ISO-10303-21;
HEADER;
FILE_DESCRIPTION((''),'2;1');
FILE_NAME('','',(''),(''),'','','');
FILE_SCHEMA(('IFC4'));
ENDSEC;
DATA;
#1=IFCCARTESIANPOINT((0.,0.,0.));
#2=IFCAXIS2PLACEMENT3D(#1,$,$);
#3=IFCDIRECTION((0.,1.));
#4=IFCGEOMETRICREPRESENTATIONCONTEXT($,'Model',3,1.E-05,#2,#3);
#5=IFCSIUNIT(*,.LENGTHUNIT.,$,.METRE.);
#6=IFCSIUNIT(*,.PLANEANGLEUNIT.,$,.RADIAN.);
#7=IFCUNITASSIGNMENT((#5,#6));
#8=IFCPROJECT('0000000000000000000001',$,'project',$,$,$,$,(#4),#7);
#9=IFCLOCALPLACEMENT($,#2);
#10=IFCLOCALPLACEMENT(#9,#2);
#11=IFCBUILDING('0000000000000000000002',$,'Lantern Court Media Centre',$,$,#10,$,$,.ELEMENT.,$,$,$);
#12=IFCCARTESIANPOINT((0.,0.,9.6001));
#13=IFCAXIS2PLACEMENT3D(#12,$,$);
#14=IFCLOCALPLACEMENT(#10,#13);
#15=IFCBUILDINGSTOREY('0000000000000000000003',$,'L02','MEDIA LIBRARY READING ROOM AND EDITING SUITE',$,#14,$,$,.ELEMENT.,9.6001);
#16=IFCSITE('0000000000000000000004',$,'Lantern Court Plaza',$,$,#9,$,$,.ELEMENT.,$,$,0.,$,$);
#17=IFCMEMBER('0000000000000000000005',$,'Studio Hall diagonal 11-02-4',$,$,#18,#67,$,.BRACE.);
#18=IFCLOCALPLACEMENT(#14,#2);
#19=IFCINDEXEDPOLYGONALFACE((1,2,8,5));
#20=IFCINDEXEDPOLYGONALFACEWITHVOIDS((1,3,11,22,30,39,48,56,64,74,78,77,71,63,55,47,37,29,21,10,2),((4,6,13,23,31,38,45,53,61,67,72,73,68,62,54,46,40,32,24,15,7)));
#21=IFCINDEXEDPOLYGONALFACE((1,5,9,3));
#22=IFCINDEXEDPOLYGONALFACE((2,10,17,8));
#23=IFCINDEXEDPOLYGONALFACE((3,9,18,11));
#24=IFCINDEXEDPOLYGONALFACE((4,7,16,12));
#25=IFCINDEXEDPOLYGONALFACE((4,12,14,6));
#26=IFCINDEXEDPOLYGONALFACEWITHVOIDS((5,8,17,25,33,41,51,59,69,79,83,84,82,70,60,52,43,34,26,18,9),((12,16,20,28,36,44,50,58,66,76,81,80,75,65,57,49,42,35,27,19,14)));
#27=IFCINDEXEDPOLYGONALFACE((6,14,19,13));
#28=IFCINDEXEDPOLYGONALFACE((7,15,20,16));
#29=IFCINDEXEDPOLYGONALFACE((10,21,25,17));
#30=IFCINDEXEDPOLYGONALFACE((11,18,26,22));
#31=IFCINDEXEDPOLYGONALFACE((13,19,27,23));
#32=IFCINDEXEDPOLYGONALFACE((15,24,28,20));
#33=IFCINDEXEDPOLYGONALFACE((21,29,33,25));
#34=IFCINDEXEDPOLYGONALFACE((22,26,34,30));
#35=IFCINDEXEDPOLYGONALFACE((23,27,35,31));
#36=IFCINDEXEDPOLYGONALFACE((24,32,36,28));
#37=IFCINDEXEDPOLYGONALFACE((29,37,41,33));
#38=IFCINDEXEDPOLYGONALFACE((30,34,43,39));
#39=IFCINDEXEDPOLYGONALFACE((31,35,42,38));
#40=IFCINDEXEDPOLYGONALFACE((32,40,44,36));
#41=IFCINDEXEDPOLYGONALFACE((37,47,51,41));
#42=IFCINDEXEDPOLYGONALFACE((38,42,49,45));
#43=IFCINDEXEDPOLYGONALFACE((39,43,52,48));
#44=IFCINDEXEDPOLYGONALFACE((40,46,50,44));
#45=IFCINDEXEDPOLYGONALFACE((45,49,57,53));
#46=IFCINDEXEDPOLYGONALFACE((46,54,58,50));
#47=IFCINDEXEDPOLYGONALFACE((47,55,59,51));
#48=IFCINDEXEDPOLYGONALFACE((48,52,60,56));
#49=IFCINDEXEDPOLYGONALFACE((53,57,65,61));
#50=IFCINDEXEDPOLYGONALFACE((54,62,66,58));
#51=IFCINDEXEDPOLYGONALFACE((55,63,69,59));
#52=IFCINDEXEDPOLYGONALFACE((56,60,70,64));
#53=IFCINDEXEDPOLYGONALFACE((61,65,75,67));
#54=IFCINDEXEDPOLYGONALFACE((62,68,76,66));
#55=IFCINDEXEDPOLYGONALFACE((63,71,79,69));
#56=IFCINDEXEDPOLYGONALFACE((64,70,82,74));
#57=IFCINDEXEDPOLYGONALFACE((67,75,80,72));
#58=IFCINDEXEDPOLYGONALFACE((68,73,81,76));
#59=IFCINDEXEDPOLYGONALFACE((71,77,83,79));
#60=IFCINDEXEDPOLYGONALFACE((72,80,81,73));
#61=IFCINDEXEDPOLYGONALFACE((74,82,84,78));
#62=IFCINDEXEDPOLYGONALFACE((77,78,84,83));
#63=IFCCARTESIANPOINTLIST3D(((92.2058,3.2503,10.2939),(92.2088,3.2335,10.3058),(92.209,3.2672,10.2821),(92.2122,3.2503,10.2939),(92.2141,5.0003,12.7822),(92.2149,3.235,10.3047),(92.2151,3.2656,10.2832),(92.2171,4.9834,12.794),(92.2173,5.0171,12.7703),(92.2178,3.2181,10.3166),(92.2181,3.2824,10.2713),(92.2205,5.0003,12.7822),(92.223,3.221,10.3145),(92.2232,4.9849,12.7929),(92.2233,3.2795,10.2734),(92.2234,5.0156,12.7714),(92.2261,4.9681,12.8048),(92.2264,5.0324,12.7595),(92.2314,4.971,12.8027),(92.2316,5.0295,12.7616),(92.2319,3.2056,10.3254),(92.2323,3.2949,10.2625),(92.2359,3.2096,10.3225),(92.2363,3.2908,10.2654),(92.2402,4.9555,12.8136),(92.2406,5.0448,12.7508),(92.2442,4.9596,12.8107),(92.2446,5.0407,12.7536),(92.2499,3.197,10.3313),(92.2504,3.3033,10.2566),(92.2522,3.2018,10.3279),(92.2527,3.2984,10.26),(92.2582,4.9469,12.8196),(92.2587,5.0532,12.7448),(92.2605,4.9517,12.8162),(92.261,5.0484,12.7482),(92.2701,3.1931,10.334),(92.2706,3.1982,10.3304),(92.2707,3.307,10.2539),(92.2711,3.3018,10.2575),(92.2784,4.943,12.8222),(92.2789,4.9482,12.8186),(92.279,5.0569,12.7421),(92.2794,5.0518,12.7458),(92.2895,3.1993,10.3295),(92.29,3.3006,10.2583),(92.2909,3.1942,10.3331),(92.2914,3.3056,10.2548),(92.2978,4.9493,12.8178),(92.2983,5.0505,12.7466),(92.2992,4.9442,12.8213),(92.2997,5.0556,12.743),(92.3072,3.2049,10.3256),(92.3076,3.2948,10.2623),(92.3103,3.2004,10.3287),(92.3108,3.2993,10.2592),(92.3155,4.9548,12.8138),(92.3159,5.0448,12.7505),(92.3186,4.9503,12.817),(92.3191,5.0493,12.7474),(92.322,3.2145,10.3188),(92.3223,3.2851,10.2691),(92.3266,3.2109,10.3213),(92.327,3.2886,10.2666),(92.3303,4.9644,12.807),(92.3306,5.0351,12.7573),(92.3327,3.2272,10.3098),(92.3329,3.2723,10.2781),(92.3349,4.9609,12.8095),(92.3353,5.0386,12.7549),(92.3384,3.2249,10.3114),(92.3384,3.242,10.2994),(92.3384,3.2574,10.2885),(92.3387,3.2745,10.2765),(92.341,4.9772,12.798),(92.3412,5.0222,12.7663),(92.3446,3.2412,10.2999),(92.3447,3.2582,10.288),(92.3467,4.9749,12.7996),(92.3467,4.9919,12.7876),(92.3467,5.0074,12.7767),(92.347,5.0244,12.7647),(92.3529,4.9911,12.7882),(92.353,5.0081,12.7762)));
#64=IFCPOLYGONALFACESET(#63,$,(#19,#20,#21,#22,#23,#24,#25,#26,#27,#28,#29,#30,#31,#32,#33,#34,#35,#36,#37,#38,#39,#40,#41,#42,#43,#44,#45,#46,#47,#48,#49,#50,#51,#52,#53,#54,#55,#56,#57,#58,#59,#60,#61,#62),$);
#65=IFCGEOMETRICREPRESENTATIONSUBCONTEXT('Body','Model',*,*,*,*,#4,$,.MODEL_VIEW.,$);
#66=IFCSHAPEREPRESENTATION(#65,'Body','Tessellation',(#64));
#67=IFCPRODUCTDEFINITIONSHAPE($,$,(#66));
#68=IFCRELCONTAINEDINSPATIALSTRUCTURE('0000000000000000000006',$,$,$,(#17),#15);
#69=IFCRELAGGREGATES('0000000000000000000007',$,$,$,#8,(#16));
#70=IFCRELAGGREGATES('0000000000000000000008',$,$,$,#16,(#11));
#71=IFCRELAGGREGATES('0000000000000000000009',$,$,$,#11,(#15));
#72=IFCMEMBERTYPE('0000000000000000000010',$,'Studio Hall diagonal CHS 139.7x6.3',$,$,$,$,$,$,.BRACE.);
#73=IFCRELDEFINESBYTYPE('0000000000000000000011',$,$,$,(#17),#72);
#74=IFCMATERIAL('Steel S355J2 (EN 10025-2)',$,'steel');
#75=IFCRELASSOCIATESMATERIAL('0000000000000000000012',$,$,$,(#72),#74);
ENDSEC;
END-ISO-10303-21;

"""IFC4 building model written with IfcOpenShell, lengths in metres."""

from ifc_helpers import new_model, si_unit, direction, frame, origin, origin_2d, place, context, subcontext, project, spatial, hollow_circle, extrude, material, material_profile, profile_set, type_object, element, save


model = new_model("IFC4")

# Units and contexts
model_context = context("Model", 3, precision=1e-05, world=origin(), true_north=direction((0.0, 1.0)))
body_context = subcontext(model_context, "Body", "Model", "MODEL_VIEW")
ifc_project = project(units=[si_unit("LENGTHUNIT", "METRE"), si_unit("PLANEANGLEUNIT", "RADIAN")], contexts=[model_context])

# Site, building, storey
site_placement = place(None, origin())
site = spatial("IfcSite", under=ifc_project, at=site_placement, Name="Lantern Court Plaza", CompositionType="ELEMENT", RefElevation=0.0)
building_placement = place(site_placement, origin())
building = spatial("IfcBuilding", under=site, at=building_placement, Name="Lantern Court Media Centre", CompositionType="ELEMENT")
storey_placement = place(building_placement, frame((0.0, 0.0, 9.6001)))
storey = spatial("IfcBuildingStorey", under=building, at=storey_placement, Name="L02", Description="MEDIA LIBRARY READING ROOM AND EDITING SUITE", CompositionType="ELEMENT", Elevation=9.6001)

# Member
ifc_material = material(Name="Steel S355J2 (EN 10025-2)", Category="steel")
ifc_material_profile_1 = material_profile(ifc_material, hollow_circle(Radius=0.0698, WallThickness=0.0063, at=origin_2d()), Name="Studio Hall diagonal CHS 139.7x6.3")
ifc_profile_set_1 = profile_set([ifc_material_profile_1], Name="Steel S355J2 (EN 10025-2)")
member_type_1 = type_object("IfcMemberType", Name="Studio Hall diagonal CHS 139.7x6.3", PredefinedType="BRACE", material=ifc_profile_set_1)
for number, where, z_axis, x_axis, name in (
    (1, (92.2756, 3.25, 10.2939), (0.002729, 0.575269, 0.81796), (-0.999989, 0.004743, 0.0), "Studio Hall diagonal 11-02-4"),
):
    element("IfcMember", number, at=place(storey_placement, frame(where, z_axis=z_axis, x_axis=x_axis)), inside=storey, type_object=member_type_1, Name=name, PredefinedType="BRACE", context=body_context, shape_type="SweptSolid", body=[
        extrude(hollow_circle(Radius=0.0698, WallThickness=0.0063, at=origin_2d()), origin(), (0.0, 0.0, 1.0), 3.042),
    ])

save(model, "model.ifc")
